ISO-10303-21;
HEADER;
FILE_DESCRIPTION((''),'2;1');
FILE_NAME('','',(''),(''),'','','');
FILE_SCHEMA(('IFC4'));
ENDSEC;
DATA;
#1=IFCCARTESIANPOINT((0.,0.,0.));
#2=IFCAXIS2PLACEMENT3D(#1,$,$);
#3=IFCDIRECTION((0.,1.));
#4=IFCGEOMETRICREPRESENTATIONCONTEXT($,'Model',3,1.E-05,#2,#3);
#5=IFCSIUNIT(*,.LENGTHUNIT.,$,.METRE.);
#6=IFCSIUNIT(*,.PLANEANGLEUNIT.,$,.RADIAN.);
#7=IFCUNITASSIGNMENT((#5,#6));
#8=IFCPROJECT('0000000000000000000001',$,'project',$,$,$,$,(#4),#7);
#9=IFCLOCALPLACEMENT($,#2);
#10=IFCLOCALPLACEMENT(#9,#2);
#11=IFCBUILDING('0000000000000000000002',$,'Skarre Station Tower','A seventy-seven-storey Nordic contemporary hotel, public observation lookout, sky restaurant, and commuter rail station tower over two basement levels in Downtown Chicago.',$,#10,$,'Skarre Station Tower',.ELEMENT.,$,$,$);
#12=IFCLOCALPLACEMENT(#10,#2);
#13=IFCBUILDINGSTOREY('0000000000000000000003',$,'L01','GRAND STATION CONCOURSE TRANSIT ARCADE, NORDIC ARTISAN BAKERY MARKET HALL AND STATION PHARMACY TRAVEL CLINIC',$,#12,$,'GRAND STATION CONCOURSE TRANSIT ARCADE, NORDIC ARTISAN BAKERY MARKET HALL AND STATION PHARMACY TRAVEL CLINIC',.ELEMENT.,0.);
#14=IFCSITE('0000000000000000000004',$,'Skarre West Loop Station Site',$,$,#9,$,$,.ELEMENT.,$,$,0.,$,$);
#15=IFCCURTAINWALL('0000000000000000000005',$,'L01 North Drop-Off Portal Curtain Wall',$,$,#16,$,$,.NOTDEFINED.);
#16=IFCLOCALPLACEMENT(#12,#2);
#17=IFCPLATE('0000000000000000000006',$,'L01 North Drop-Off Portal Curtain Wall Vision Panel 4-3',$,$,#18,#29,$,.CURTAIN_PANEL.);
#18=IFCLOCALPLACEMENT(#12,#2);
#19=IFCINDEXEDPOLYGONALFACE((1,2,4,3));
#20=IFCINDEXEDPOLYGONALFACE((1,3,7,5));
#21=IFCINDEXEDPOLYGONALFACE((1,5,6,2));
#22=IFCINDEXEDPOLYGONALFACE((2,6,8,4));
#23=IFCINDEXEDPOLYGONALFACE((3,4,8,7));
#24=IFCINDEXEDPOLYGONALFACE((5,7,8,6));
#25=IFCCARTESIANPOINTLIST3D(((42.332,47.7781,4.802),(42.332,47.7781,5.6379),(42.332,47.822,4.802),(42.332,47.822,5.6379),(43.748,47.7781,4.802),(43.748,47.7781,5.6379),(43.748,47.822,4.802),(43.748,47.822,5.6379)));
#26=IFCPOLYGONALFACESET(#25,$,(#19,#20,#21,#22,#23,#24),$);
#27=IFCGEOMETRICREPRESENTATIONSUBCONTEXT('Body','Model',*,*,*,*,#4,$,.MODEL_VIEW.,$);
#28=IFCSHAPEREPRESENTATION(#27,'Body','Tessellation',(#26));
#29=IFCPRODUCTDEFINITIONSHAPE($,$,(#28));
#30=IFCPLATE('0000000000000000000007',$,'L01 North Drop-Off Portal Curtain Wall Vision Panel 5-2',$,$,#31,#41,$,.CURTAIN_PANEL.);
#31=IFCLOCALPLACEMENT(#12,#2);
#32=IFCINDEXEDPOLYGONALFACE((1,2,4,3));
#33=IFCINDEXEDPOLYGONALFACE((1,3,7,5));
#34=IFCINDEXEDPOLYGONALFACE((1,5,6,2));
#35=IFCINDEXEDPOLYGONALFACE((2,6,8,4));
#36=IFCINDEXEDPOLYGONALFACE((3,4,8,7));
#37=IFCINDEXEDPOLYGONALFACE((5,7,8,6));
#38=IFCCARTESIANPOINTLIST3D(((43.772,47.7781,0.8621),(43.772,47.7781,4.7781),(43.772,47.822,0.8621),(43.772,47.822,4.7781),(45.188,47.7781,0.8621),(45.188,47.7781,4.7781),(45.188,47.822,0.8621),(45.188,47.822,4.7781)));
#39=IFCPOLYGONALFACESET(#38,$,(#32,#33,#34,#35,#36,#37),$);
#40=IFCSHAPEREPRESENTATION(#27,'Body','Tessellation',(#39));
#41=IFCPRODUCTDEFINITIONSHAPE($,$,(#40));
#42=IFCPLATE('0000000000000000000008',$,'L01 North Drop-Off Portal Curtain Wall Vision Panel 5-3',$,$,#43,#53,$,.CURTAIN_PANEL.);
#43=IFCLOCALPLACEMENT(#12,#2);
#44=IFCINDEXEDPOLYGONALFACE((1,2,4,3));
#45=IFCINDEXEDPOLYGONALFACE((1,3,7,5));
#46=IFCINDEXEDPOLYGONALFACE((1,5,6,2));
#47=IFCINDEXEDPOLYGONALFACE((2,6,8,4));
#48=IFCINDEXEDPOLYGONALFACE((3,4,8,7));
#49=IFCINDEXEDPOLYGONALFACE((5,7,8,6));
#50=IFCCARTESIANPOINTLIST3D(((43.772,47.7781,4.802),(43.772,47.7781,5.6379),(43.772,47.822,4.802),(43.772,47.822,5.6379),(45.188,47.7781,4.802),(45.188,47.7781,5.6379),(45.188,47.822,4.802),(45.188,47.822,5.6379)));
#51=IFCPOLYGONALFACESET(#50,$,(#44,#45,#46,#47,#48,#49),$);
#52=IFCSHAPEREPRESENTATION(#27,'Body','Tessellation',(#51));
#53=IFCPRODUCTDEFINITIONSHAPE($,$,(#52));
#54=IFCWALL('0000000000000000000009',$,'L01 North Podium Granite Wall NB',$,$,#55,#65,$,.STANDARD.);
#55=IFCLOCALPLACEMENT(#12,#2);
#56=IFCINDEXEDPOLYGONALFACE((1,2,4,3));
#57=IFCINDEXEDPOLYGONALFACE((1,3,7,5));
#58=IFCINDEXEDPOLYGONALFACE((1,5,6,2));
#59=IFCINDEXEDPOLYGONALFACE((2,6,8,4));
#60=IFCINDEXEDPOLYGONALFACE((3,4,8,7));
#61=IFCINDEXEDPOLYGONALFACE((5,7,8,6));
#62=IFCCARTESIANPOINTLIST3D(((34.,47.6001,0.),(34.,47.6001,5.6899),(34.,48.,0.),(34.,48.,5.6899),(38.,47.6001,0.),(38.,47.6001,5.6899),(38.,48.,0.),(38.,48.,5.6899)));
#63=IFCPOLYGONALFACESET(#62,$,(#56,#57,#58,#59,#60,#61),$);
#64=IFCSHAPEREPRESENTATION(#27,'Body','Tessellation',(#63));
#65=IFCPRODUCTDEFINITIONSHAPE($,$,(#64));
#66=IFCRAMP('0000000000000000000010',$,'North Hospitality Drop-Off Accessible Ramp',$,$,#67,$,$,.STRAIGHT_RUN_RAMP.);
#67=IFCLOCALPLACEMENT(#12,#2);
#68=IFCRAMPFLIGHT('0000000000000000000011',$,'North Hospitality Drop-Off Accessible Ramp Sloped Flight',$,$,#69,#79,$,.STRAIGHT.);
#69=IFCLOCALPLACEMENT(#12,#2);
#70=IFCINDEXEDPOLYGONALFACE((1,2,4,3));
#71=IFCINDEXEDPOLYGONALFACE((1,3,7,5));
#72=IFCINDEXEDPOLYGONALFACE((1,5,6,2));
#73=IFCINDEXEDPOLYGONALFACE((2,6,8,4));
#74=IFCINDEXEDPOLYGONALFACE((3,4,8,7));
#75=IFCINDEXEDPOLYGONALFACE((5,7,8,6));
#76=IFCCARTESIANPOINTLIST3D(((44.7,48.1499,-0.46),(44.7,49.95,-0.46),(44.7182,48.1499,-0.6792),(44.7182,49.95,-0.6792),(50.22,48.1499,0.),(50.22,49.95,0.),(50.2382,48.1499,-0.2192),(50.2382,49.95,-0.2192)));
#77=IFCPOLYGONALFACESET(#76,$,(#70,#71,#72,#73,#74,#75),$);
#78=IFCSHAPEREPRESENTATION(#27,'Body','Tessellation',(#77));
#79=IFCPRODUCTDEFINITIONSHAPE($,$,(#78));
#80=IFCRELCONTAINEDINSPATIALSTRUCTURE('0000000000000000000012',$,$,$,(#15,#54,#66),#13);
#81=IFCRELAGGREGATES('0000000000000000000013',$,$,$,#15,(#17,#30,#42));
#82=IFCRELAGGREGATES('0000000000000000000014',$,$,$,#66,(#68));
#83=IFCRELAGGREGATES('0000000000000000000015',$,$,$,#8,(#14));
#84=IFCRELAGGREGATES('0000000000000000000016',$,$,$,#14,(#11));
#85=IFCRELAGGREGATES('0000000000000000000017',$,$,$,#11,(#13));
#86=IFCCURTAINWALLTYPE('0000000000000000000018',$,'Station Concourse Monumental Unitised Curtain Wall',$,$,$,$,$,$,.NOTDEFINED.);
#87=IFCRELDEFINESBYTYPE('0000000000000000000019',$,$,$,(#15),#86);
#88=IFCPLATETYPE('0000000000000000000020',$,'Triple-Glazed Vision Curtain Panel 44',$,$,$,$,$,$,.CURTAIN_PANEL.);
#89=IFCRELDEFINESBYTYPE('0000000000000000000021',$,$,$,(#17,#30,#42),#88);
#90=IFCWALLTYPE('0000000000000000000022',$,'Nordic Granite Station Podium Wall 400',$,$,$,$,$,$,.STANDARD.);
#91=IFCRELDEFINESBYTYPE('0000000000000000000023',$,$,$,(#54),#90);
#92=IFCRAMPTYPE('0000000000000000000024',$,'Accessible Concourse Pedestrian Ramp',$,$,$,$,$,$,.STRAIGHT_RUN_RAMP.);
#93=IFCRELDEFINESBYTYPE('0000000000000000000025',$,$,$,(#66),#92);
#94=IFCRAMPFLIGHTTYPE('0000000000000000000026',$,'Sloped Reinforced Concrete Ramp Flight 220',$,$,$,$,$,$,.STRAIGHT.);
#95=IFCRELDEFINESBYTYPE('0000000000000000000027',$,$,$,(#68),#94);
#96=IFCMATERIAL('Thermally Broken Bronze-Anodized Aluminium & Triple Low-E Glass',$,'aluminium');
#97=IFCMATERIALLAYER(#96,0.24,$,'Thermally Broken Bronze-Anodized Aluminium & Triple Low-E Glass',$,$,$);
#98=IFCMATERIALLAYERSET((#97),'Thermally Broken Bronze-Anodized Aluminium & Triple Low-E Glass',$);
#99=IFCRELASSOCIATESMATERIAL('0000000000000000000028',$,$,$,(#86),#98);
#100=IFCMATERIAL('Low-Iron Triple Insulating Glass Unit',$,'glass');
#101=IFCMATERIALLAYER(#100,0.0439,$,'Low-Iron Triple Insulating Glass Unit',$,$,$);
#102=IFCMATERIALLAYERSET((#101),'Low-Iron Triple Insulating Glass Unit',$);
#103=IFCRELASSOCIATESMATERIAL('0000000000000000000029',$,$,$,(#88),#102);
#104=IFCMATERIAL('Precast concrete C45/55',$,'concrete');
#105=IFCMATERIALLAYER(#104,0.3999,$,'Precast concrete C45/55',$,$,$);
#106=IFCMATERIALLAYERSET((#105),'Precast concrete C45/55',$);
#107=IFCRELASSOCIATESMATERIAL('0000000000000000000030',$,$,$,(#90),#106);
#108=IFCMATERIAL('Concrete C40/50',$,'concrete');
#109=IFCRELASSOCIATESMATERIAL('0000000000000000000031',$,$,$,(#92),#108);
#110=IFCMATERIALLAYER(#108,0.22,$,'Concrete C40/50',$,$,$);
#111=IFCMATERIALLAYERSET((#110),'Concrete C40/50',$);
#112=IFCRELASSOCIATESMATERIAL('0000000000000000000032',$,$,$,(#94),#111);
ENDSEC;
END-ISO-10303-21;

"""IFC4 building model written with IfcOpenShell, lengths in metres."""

from ifc_helpers import new_model, si_unit, direction, frame, frame_2d, origin, origin_2d, place, context, subcontext, project, spatial, polyline, rectangle, outline, extrude, material, layer, layer_set, type_object, element, aggregate, save


model = new_model("IFC4")

# Units and contexts
model_context = context("Model", 3, precision=1e-05, world=origin(), true_north=direction((0.0, 1.0)))
body_context = subcontext(model_context, "Body", "Model", "MODEL_VIEW")
ifc_project = project(units=[si_unit("LENGTHUNIT", "METRE"), si_unit("PLANEANGLEUNIT", "RADIAN")], contexts=[model_context])

# Site, building, storey
site_placement = place(None, origin())
site = spatial("IfcSite", under=ifc_project, at=site_placement, Name="Skarre West Loop Station Site", CompositionType="ELEMENT", RefElevation=0.0)
building_placement = place(site_placement, origin())
building = spatial("IfcBuilding", under=site, at=building_placement, Name="Skarre Station Tower", Description="A seventy-seven-storey Nordic contemporary hotel, public observation lookout, sky restaurant, and commuter rail station tower over two basement levels in Downtown Chicago.", LongName="Skarre Station Tower", CompositionType="ELEMENT")
storey_placement = place(building_placement, origin())
storey = spatial("IfcBuildingStorey", under=building, at=storey_placement, Name="L01", Description="GRAND STATION CONCOURSE TRANSIT ARCADE, NORDIC ARTISAN BAKERY MARKET HALL AND STATION PHARMACY TRAVEL CLINIC", LongName="GRAND STATION CONCOURSE TRANSIT ARCADE, NORDIC ARTISAN BAKERY MARKET HALL AND STATION PHARMACY TRAVEL CLINIC", CompositionType="ELEMENT", Elevation=0.0)

# Curtain wall
ifc_material_1 = material(Name="Thermally Broken Bronze-Anodized Aluminium & Triple Low-E Glass", Category="aluminium")
ifc_layer_1 = layer(ifc_material_1, 0.24, Name="Thermally Broken Bronze-Anodized Aluminium & Triple Low-E Glass")
ifc_layer_set_1 = layer_set([ifc_layer_1], Name="Thermally Broken Bronze-Anodized Aluminium & Triple Low-E Glass")
curtain_wall_type = type_object("IfcCurtainWallType", Name="Station Concourse Monumental Unitised Curtain Wall", PredefinedType="NOTDEFINED", material=ifc_layer_set_1)
curtain_wall_1_placement = place(storey_placement, origin())
curtain_wall_1 = element("IfcCurtainWall", 1, at=curtain_wall_1_placement, inside=storey, type_object=curtain_wall_type, Name="L01 North Drop-Off Portal Curtain Wall", PredefinedType="NOTDEFINED")

# Plates
ifc_material_2 = material(Name="Low-Iron Triple Insulating Glass Unit", Category="glass")
ifc_layer_2 = layer(ifc_material_2, 0.0439, Name="Low-Iron Triple Insulating Glass Unit")
ifc_layer_set_2 = layer_set([ifc_layer_2], Name="Low-Iron Triple Insulating Glass Unit")
plate_type_1 = type_object("IfcPlateType", Name="Triple-Glazed Vision Curtain Panel 44", PredefinedType="CURTAIN_PANEL", material=ifc_layer_set_2)
plate_1_placement = place(storey_placement, frame((43.04, 47.8, 4.802), z_axis=(0.0, 0.0, 1.0), x_axis=(1.0, 0.0, 0.0)))
plate_1 = element("IfcPlate", 2, at=plate_1_placement, type_object=plate_type_1, Name="L01 North Drop-Off Portal Curtain Wall Vision Panel 4-3", PredefinedType="CURTAIN_PANEL", context=body_context, shape_type="SweptSolid", body=[
    extrude(rectangle(XDim=1.416, YDim=0.0439, at=origin_2d()), origin(), (0.0, 0.0, 1.0), 0.8359),
])
plate_2_placement = place(storey_placement, frame((44.48, 47.8, 0.8621), z_axis=(0.0, 0.0, 1.0), x_axis=(1.0, 0.0, 0.0)))
plate_2 = element("IfcPlate", 3, at=plate_2_placement, type_object=plate_type_1, Name="L01 North Drop-Off Portal Curtain Wall Vision Panel 5-2", PredefinedType="CURTAIN_PANEL", context=body_context, shape_type="SweptSolid", body=[
    extrude(rectangle(XDim=1.416, YDim=0.0439, at=origin_2d()), origin(), (0.0, 0.0, 1.0), 3.916),
])
plate_3_placement = place(storey_placement, frame((44.48, 47.8, 4.802), z_axis=(0.0, 0.0, 1.0), x_axis=(1.0, 0.0, 0.0)))
plate_3 = element("IfcPlate", 4, at=plate_3_placement, type_object=plate_type_1, Name="L01 North Drop-Off Portal Curtain Wall Vision Panel 5-3", PredefinedType="CURTAIN_PANEL", context=body_context, shape_type="SweptSolid", body=[
    extrude(rectangle(XDim=1.416, YDim=0.0439, at=origin_2d()), origin(), (0.0, 0.0, 1.0), 0.8359),
])
aggregate(curtain_wall_1, [plate_1, plate_2, plate_3])

# Wall
ifc_material_3 = material(Name="Precast concrete C45/55", Category="concrete")
ifc_layer_3 = layer(ifc_material_3, 0.3999, Name="Precast concrete C45/55")
ifc_layer_set_3 = layer_set([ifc_layer_3], Name="Precast concrete C45/55")
wall_type = type_object("IfcWallType", Name="Nordic Granite Station Podium Wall 400", PredefinedType="STANDARD", material=ifc_layer_set_3)
wall_placement = place(storey_placement, frame((34.0, 47.8, 0.0), z_axis=(0.0, 0.0, 1.0), x_axis=(1.0, 0.0, 0.0)))
element("IfcWall", 5, at=wall_placement, inside=storey, type_object=wall_type, Name="L01 North Podium Granite Wall NB", PredefinedType="STANDARD", context=body_context, shape_type="SweptSolid", body=[
    extrude(rectangle(XDim=4.0, YDim=0.3999, at=frame_2d((2.0, 0.0))), origin(), (0.0, 0.0, 1.0), 5.6899),
])

# Ramp, ramp flight
ifc_material_4 = material(Name="Concrete C40/50", Category="concrete")
ramp_type = type_object("IfcRampType", Name="Accessible Concourse Pedestrian Ramp", PredefinedType="STRAIGHT_RUN_RAMP", material=ifc_material_4)
ramp_placement = place(storey_placement, origin())
ramp = element("IfcRamp", 6, at=ramp_placement, inside=storey, type_object=ramp_type, Name="North Hospitality Drop-Off Accessible Ramp", PredefinedType="STRAIGHT_RUN_RAMP")
ifc_layer_4 = layer(ifc_material_4, 0.22, Name="Concrete C40/50")
ifc_layer_set_4 = layer_set([ifc_layer_4], Name="Concrete C40/50")
ramp_flight_type = type_object("IfcRampFlightType", Name="Sloped Reinforced Concrete Ramp Flight 220", PredefinedType="STRAIGHT", material=ifc_layer_set_4)
ramp_flight_placement = place(storey_placement, frame((44.7, 48.1499, -0.46), z_axis=(-0.083038, 0.0, 0.996546), x_axis=(0.996546, 0.0, 0.083038)))
ramp_flight = element("IfcRampFlight", 7, at=ramp_flight_placement, type_object=ramp_flight_type, Name="North Hospitality Drop-Off Accessible Ramp Sloped Flight", PredefinedType="STRAIGHT", context=body_context, shape_type="SweptSolid", body=[
    extrude(outline(polyline([(0.0, 0.0), (5.5391, 0.0), (5.5391, 1.8), (0.0, 1.8), (0.0, 0.0)])), origin(), (0.0, 0.0, -1.0), 0.22),
])
aggregate(ramp, [ramp_flight])

save(model, "model.ifc")
